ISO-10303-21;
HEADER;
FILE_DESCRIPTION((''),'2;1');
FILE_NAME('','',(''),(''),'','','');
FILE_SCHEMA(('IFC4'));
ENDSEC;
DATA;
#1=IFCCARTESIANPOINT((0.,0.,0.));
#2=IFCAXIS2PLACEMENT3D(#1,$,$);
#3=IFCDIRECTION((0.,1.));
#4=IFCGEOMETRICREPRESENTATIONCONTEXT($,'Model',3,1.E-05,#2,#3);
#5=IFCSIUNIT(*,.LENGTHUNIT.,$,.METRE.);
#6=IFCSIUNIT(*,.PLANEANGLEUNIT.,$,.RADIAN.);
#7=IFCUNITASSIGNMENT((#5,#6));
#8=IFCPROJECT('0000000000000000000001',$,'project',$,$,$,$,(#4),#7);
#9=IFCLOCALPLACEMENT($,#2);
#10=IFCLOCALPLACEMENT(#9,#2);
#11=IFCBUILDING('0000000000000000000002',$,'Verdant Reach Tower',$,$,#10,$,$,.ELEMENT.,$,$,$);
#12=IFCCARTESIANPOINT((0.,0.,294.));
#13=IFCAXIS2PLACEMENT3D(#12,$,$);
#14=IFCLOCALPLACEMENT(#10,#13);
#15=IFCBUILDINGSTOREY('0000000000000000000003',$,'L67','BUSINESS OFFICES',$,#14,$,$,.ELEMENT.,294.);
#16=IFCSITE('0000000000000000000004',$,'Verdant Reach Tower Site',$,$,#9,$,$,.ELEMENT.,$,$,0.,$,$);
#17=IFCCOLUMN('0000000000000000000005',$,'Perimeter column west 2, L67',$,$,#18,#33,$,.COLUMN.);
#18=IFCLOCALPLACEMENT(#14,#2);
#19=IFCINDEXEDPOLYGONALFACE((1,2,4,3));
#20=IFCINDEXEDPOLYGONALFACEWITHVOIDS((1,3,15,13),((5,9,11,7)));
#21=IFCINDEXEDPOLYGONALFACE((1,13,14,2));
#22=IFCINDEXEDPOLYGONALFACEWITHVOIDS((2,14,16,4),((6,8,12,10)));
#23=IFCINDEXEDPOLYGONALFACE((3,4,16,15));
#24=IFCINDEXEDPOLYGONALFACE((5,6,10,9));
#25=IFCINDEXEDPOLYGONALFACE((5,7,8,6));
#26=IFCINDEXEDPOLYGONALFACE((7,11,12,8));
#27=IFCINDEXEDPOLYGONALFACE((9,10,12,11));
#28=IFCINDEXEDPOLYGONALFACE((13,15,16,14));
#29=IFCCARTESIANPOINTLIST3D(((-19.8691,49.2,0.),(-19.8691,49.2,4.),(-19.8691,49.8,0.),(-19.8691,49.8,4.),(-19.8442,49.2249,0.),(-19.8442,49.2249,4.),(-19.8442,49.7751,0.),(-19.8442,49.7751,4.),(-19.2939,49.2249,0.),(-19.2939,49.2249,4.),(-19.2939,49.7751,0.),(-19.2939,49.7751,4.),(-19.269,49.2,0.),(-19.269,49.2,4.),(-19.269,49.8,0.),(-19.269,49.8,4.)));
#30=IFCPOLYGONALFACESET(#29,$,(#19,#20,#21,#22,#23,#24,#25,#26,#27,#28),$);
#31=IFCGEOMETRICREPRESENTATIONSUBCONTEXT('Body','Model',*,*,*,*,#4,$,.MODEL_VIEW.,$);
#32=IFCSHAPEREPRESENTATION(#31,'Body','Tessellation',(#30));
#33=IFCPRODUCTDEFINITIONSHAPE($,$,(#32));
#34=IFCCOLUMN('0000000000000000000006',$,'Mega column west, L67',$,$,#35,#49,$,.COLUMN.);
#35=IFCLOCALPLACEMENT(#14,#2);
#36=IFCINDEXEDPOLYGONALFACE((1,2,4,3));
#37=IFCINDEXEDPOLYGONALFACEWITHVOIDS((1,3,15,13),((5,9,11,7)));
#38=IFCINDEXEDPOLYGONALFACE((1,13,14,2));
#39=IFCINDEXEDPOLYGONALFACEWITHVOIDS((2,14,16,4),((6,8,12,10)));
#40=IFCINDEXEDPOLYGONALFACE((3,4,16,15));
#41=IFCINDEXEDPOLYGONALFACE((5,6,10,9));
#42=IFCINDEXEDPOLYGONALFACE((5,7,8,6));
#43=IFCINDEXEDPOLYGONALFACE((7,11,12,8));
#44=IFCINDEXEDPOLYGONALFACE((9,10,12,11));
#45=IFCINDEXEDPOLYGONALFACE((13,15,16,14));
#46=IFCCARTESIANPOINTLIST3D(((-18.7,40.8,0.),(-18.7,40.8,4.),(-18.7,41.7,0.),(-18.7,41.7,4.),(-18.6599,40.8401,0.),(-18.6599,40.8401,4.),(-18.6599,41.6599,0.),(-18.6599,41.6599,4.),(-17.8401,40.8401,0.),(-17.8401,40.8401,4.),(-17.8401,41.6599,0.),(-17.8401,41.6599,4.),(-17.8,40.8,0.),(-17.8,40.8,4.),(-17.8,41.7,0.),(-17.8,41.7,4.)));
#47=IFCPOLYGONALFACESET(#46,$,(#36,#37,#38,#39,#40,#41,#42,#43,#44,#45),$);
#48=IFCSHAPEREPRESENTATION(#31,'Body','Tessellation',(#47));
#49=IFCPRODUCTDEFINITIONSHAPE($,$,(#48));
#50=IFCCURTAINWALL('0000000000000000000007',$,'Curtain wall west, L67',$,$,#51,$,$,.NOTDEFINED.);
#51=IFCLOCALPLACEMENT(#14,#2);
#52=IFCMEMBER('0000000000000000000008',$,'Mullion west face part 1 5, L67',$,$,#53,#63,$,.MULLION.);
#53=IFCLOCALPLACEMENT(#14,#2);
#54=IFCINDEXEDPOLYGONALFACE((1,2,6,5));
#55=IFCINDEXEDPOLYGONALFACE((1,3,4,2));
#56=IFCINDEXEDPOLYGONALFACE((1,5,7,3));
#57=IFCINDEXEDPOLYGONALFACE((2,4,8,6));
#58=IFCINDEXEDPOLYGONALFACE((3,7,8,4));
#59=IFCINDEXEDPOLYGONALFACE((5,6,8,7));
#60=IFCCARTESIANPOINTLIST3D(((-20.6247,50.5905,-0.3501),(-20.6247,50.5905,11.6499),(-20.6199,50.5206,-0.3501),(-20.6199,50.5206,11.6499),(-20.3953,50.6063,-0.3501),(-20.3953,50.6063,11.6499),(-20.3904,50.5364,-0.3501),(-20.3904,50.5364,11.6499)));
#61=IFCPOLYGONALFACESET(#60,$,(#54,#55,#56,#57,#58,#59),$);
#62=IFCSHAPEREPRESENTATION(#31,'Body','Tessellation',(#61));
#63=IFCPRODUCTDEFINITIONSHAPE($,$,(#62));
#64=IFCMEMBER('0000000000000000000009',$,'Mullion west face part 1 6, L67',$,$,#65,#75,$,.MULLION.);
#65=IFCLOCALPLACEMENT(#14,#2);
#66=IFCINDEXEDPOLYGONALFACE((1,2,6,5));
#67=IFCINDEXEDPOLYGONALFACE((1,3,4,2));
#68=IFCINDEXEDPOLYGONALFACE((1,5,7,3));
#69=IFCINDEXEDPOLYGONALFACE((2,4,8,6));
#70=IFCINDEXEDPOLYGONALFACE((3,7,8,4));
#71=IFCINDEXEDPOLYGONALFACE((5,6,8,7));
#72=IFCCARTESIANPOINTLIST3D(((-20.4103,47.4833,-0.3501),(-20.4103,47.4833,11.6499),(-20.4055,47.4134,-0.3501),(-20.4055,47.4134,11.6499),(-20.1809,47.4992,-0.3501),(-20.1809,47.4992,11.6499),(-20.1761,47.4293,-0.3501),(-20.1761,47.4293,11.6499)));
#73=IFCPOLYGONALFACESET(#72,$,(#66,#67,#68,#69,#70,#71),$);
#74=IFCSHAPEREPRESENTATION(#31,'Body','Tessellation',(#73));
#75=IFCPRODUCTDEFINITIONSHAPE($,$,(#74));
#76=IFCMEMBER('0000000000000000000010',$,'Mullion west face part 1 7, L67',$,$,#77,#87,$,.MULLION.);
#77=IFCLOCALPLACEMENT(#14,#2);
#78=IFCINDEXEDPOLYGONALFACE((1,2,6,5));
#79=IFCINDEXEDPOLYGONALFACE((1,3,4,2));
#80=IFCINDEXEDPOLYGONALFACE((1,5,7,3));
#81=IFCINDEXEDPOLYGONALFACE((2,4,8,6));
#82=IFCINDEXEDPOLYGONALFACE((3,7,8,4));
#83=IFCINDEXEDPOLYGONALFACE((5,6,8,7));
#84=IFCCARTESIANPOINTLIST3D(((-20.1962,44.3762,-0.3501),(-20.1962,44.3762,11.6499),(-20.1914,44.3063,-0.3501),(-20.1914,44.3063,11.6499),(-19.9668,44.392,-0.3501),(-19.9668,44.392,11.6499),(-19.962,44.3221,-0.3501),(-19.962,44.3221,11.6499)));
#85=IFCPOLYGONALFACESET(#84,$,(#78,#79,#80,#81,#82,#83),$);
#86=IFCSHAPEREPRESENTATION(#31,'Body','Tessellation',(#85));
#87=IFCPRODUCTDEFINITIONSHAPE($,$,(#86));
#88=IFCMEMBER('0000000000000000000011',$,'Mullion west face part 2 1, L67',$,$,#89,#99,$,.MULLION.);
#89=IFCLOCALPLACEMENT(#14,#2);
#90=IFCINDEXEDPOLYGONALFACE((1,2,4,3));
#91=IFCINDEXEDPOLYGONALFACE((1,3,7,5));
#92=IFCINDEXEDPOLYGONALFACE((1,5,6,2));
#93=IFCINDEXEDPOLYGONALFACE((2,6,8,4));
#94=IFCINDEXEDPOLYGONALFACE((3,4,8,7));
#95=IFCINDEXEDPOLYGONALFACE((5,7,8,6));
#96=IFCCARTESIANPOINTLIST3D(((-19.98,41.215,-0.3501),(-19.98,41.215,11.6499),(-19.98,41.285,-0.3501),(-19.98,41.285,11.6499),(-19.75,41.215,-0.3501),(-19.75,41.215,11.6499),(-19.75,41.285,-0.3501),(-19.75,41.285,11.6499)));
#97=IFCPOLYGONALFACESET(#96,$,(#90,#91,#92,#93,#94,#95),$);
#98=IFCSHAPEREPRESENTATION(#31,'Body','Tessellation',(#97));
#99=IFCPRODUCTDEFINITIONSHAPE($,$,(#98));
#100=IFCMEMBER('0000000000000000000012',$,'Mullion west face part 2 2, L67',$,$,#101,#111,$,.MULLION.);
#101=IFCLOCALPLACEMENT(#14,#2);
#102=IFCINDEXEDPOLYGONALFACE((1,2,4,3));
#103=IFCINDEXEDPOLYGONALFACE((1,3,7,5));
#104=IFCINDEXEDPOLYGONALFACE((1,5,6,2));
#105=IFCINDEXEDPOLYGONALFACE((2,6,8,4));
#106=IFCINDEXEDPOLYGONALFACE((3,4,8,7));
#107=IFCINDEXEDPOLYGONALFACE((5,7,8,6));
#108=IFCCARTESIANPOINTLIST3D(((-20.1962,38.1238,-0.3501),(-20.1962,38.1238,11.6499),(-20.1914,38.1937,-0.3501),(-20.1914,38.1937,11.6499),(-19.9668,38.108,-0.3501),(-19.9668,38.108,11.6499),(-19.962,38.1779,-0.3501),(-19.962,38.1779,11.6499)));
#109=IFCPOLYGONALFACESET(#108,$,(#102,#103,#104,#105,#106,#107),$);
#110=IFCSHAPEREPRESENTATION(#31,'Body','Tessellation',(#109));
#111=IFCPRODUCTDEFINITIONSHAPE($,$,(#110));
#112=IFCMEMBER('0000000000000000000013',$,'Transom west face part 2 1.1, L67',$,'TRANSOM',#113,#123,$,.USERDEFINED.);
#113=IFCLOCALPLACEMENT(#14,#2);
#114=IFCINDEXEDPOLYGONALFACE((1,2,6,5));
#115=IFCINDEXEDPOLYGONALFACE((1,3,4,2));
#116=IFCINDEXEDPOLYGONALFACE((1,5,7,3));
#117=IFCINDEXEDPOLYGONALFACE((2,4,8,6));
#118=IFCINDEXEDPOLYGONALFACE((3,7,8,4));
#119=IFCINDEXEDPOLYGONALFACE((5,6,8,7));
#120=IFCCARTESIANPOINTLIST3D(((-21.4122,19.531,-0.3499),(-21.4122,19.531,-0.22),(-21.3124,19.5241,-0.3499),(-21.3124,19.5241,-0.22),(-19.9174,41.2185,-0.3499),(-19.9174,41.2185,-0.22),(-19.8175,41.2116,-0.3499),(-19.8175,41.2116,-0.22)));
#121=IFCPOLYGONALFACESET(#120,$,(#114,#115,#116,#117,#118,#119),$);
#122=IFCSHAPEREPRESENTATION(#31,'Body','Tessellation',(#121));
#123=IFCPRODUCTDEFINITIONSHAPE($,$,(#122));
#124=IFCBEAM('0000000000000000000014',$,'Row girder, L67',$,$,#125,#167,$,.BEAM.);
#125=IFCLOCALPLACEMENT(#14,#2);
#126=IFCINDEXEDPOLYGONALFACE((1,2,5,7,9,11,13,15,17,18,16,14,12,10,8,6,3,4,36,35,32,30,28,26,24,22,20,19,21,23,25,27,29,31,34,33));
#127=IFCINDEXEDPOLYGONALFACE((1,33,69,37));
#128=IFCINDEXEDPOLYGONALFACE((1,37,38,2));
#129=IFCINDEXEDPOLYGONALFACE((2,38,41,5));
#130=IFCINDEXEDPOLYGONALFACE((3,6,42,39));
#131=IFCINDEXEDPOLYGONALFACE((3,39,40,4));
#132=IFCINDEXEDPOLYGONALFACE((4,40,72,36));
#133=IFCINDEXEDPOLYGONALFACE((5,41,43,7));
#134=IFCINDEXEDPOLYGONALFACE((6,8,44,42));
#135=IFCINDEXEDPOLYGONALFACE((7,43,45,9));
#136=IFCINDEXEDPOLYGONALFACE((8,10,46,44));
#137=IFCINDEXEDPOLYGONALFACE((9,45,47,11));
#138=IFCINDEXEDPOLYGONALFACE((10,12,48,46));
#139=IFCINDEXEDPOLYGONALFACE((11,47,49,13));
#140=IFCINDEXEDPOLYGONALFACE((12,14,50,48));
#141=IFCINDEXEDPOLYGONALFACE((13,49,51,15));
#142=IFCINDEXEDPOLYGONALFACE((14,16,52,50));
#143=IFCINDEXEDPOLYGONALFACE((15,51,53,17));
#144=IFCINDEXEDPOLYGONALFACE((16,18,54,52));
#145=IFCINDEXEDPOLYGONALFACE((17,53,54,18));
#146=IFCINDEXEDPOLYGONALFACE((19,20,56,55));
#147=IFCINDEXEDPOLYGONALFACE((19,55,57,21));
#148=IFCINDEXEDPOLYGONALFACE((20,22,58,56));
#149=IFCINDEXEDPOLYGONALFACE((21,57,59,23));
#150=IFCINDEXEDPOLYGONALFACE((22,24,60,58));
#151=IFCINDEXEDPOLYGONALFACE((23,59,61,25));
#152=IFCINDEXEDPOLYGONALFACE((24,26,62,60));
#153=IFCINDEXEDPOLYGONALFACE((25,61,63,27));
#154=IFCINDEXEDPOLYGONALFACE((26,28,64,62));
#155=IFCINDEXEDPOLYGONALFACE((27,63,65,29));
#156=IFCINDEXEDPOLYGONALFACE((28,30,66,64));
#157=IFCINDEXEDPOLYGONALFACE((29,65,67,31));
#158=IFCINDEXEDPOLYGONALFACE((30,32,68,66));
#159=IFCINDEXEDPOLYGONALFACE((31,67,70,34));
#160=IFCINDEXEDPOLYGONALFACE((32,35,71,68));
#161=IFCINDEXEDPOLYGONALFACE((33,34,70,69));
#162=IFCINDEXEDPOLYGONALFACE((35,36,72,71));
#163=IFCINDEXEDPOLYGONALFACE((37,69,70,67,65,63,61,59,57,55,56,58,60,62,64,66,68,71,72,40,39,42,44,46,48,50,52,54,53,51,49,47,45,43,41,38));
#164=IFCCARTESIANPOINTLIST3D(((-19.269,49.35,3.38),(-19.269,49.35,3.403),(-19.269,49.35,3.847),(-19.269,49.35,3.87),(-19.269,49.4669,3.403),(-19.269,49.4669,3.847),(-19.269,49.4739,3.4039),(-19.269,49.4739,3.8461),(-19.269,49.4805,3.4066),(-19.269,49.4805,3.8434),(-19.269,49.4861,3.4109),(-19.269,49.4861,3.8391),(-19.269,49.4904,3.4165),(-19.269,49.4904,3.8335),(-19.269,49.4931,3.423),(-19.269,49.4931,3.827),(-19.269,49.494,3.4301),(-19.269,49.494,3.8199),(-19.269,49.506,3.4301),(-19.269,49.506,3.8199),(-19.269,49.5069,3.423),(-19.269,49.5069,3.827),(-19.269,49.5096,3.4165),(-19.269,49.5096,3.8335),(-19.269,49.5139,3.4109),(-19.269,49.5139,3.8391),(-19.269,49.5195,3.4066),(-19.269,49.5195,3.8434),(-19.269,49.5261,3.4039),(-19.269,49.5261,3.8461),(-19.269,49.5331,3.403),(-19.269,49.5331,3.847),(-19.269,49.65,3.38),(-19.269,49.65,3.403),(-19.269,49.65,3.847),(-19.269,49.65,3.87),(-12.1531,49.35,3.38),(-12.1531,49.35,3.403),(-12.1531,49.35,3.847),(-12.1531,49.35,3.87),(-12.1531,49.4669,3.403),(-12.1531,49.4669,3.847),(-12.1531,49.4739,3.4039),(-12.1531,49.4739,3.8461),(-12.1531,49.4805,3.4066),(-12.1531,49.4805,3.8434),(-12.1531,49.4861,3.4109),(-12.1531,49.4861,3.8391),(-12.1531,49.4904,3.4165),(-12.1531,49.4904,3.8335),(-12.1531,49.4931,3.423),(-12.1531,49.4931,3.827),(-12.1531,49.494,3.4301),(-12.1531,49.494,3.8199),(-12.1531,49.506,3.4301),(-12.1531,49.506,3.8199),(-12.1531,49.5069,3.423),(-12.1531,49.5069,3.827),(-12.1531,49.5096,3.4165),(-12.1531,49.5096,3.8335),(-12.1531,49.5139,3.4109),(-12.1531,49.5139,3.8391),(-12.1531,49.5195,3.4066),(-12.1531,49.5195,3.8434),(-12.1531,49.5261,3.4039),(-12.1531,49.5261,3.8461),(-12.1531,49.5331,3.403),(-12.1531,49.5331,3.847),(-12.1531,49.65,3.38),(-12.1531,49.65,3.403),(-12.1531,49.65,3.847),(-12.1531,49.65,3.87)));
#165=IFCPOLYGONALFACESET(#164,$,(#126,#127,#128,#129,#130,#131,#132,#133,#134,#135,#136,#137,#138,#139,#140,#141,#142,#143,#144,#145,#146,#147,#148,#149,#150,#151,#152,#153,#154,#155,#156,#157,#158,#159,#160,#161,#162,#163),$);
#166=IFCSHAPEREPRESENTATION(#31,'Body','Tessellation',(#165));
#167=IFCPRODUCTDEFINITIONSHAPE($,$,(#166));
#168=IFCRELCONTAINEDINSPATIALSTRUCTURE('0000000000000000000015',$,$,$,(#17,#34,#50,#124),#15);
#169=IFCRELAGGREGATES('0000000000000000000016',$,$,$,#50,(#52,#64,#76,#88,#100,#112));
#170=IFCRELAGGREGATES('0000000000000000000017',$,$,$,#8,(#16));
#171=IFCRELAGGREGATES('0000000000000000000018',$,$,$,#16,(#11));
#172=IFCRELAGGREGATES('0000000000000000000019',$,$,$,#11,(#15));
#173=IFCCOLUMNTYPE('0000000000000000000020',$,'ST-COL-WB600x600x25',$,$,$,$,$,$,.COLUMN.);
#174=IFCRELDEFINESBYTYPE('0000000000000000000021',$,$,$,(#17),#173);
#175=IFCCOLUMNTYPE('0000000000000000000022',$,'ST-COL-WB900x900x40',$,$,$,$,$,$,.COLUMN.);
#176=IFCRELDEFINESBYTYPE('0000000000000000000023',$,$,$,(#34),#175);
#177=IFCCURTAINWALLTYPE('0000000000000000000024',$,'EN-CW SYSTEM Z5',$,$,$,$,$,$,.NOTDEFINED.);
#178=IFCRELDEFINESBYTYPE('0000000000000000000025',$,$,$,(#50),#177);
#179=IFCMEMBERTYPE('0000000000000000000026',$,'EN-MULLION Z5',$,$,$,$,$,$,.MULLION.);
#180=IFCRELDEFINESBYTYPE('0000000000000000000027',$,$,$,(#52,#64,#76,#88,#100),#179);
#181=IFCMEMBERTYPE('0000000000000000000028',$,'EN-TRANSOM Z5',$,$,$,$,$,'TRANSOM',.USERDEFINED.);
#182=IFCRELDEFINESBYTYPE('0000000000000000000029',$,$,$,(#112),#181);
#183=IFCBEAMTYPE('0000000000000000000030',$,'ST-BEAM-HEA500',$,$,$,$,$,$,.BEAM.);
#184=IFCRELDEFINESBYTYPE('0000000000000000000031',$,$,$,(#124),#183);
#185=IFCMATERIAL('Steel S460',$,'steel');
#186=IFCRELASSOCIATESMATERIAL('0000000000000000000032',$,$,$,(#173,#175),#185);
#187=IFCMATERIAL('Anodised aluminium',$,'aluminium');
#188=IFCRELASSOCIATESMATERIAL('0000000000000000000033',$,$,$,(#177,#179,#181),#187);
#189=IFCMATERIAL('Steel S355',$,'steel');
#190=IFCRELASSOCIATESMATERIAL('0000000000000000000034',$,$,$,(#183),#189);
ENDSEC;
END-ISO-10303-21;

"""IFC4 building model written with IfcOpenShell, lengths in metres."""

from ifc_helpers import new_model, si_unit, direction, frame, origin, origin_2d, place, context, subcontext, project, spatial, rectangle, hollow_rectangle, i_section, extrude, material, material_profile, profile_set, type_object, element, aggregate, save


model = new_model("IFC4")

# Units and contexts
model_context = context("Model", 3, precision=1e-05, world=origin(), true_north=direction((0.0, 1.0)))
body_context = subcontext(model_context, "Body", "Model", "MODEL_VIEW")
ifc_project = project(units=[si_unit("LENGTHUNIT", "METRE"), si_unit("PLANEANGLEUNIT", "RADIAN")], contexts=[model_context])

# Site, building, storey
site_placement = place(None, origin())
site = spatial("IfcSite", under=ifc_project, at=site_placement, Name="Verdant Reach Tower Site", CompositionType="ELEMENT", RefElevation=0.0)
building_placement = place(site_placement, origin())
building = spatial("IfcBuilding", under=site, at=building_placement, Name="Verdant Reach Tower", CompositionType="ELEMENT")
storey_placement = place(building_placement, frame((0.0, 0.0, 294.0)))
storey = spatial("IfcBuildingStorey", under=building, at=storey_placement, Name="L67", Description="BUSINESS OFFICES", CompositionType="ELEMENT", Elevation=294.0)

# Columns
ifc_material_1 = material(Name="Steel S460", Category="steel")
ifc_material_profile_1 = material_profile(ifc_material_1, hollow_rectangle(XDim=0.6001, YDim=0.6001, WallThickness=0.0249, at=origin_2d()), Name="WB 600x600x25")
ifc_profile_set_1 = profile_set([ifc_material_profile_1], Name="Steel S460")
column_type_1 = type_object("IfcColumnType", Name="ST-COL-WB600x600x25", PredefinedType="COLUMN", material=ifc_profile_set_1)
column_1_placement = place(storey_placement, frame((-19.5691, 49.5, 0.0), z_axis=(0.0, 0.0, 1.0), x_axis=(1.0, 0.0, 0.0)))
element("IfcColumn", 1, at=column_1_placement, inside=storey, type_object=column_type_1, Name="Perimeter column west 2, L67", PredefinedType="COLUMN", context=body_context, shape_type="SweptSolid", body=[
    extrude(hollow_rectangle(XDim=0.6001, YDim=0.6001, WallThickness=0.0249, at=origin_2d()), origin(), (0.0, 0.0, 1.0), 4.0),
])
ifc_material_profile_2 = material_profile(ifc_material_1, hollow_rectangle(XDim=0.8999, YDim=0.8999, WallThickness=0.04, at=origin_2d()), Name="WB 900x900x40")
ifc_profile_set_2 = profile_set([ifc_material_profile_2], Name="Steel S460")
column_type_2 = type_object("IfcColumnType", Name="ST-COL-WB900x900x40", PredefinedType="COLUMN", material=ifc_profile_set_2)
column_2_placement = place(storey_placement, frame((-18.25, 41.25, 0.0), z_axis=(0.0, 0.0, 1.0), x_axis=(1.0, 0.0, 0.0)))
element("IfcColumn", 2, at=column_2_placement, inside=storey, type_object=column_type_2, Name="Mega column west, L67", PredefinedType="COLUMN", context=body_context, shape_type="SweptSolid", body=[
    extrude(hollow_rectangle(XDim=0.8999, YDim=0.8999, WallThickness=0.04, at=origin_2d()), origin(), (0.0, 0.0, 1.0), 4.0),
])

# Curtain wall, members
ifc_material_2 = material(Name="Anodised aluminium", Category="aluminium")
curtain_wall_type = type_object("IfcCurtainWallType", Name="EN-CW SYSTEM Z5", PredefinedType="NOTDEFINED", material=ifc_material_2)
curtain_wall_placement = place(storey_placement, origin())
curtain_wall = element("IfcCurtainWall", 3, at=curtain_wall_placement, inside=storey, type_object=curtain_wall_type, Name="Curtain wall west, L67", PredefinedType="NOTDEFINED")
ifc_material_profile_3 = material_profile(ifc_material_2, rectangle(XDim=0.23, YDim=0.0701, at=origin_2d()), Name="Mullion 70x230")
ifc_profile_set_3 = profile_set([ifc_material_profile_3], Name="Anodised aluminium")
member_type_1 = type_object("IfcMemberType", Name="EN-MULLION Z5", PredefinedType="MULLION", material=ifc_profile_set_3)
member_1_placement = place(storey_placement, frame((-20.5076, 50.5635, -0.3501), z_axis=(0.0, 0.0, 1.0), x_axis=(-0.99763, -0.068802, 0.0)))
member_1 = element("IfcMember", 4, at=member_1_placement, type_object=member_type_1, Name="Mullion west face part 1 5, L67", PredefinedType="MULLION", context=body_context, shape_type="SweptSolid", body=[
    extrude(rectangle(XDim=0.23, YDim=0.0701, at=origin_2d()), origin(), (0.0, 0.0, 1.0), 12.0),
])
member_2_placement = place(storey_placement, frame((-20.2932, 47.4563, -0.3501), z_axis=(0.0, 0.0, 1.0), x_axis=(-0.99763, -0.068802, 0.0)))
member_2 = element("IfcMember", 5, at=member_2_placement, type_object=member_type_1, Name="Mullion west face part 1 6, L67", PredefinedType="MULLION", context=body_context, shape_type="SweptSolid", body=[
    extrude(rectangle(XDim=0.23, YDim=0.0701, at=origin_2d()), origin(), (0.0, 0.0, 1.0), 12.0),
])
member_3_placement = place(storey_placement, frame((-20.0791, 44.3491, -0.3501), z_axis=(0.0, 0.0, 1.0), x_axis=(-0.99763, -0.068802, 0.0)))
member_3 = element("IfcMember", 6, at=member_3_placement, type_object=member_type_1, Name="Mullion west face part 1 7, L67", PredefinedType="MULLION", context=body_context, shape_type="SweptSolid", body=[
    extrude(rectangle(XDim=0.23, YDim=0.0701, at=origin_2d()), origin(), (0.0, 0.0, 1.0), 12.0),
])
member_4_placement = place(storey_placement, frame((-19.865, 41.25, -0.3501), z_axis=(0.0, 0.0, 1.0), x_axis=(-1.0, 0.0, 0.0)))
member_4 = element("IfcMember", 7, at=member_4_placement, type_object=member_type_1, Name="Mullion west face part 2 1, L67", PredefinedType="MULLION", context=body_context, shape_type="SweptSolid", body=[
    extrude(rectangle(XDim=0.23, YDim=0.0701, at=origin_2d()), origin(), (0.0, 0.0, 1.0), 12.0),
])
member_5_placement = place(storey_placement, frame((-20.0791, 38.1509, -0.3501), z_axis=(0.0, 0.0, 1.0), x_axis=(-0.99763, 0.068802, 0.0)))
member_5 = element("IfcMember", 8, at=member_5_placement, type_object=member_type_1, Name="Mullion west face part 2 2, L67", PredefinedType="MULLION", context=body_context, shape_type="SweptSolid", body=[
    extrude(rectangle(XDim=0.23, YDim=0.0701, at=origin_2d()), origin(), (0.0, 0.0, 1.0), 12.0),
])
ifc_material_profile_4 = material_profile(ifc_material_2, rectangle(XDim=0.1001, YDim=0.1299, at=origin_2d()), Name="Transom 130x100")
ifc_profile_set_4 = profile_set([ifc_material_profile_4], Name="Anodised aluminium")
member_type_2 = type_object("IfcMemberType", Name="EN-TRANSOM Z5", ElementType="TRANSOM", PredefinedType="USERDEFINED", material=ifc_profile_set_4)
member_6_placement = place(storey_placement, frame((-19.8674, 41.2151, -0.2849), z_axis=(-0.068765, -0.997633, 0.0), x_axis=(0.997633, -0.068765, 0.0)))
member_6 = element("IfcMember", 9, at=member_6_placement, type_object=member_type_2, Name="Transom west face part 2 1.1, L67", ObjectType="TRANSOM", PredefinedType="USERDEFINED", context=body_context, shape_type="SweptSolid", body=[
    extrude(rectangle(XDim=0.1001, YDim=0.1299, at=origin_2d()), origin(), (0.0, 0.0, 1.0), 21.739),
])

# Beam
ifc_material_3 = material(Name="Steel S355", Category="steel")
ifc_material_profile_5 = material_profile(ifc_material_3, i_section(OverallWidth=0.3, OverallDepth=0.49, WebThickness=0.012, FlangeThickness=0.0229, FilletRadius=0.0271, at=origin_2d()), Name="HEA 500")
ifc_profile_set_5 = profile_set([ifc_material_profile_5], Name="Steel S355")
beam_type_1 = type_object("IfcBeamType", Name="ST-BEAM-HEA500", PredefinedType="BEAM", material=ifc_profile_set_5)
beam_1_placement = place(storey_placement, frame((-19.269, 49.5, 3.625), z_axis=(1.0, 0.0, 0.0), x_axis=(0.0, 1.0, 0.0)))
element("IfcBeam", 10, at=beam_1_placement, inside=storey, type_object=beam_type_1, Name="Row girder, L67", PredefinedType="BEAM", context=body_context, shape_type="SweptSolid", body=[
    extrude(i_section(OverallWidth=0.3, OverallDepth=0.49, WebThickness=0.012, FlangeThickness=0.0229, FilletRadius=0.0271, at=origin_2d()), origin(), (0.0, 0.0, 1.0), 7.116),
])

aggregate(curtain_wall, [member_1, member_2, member_3, member_4, member_5, member_6])

save(model, "model.ifc")
